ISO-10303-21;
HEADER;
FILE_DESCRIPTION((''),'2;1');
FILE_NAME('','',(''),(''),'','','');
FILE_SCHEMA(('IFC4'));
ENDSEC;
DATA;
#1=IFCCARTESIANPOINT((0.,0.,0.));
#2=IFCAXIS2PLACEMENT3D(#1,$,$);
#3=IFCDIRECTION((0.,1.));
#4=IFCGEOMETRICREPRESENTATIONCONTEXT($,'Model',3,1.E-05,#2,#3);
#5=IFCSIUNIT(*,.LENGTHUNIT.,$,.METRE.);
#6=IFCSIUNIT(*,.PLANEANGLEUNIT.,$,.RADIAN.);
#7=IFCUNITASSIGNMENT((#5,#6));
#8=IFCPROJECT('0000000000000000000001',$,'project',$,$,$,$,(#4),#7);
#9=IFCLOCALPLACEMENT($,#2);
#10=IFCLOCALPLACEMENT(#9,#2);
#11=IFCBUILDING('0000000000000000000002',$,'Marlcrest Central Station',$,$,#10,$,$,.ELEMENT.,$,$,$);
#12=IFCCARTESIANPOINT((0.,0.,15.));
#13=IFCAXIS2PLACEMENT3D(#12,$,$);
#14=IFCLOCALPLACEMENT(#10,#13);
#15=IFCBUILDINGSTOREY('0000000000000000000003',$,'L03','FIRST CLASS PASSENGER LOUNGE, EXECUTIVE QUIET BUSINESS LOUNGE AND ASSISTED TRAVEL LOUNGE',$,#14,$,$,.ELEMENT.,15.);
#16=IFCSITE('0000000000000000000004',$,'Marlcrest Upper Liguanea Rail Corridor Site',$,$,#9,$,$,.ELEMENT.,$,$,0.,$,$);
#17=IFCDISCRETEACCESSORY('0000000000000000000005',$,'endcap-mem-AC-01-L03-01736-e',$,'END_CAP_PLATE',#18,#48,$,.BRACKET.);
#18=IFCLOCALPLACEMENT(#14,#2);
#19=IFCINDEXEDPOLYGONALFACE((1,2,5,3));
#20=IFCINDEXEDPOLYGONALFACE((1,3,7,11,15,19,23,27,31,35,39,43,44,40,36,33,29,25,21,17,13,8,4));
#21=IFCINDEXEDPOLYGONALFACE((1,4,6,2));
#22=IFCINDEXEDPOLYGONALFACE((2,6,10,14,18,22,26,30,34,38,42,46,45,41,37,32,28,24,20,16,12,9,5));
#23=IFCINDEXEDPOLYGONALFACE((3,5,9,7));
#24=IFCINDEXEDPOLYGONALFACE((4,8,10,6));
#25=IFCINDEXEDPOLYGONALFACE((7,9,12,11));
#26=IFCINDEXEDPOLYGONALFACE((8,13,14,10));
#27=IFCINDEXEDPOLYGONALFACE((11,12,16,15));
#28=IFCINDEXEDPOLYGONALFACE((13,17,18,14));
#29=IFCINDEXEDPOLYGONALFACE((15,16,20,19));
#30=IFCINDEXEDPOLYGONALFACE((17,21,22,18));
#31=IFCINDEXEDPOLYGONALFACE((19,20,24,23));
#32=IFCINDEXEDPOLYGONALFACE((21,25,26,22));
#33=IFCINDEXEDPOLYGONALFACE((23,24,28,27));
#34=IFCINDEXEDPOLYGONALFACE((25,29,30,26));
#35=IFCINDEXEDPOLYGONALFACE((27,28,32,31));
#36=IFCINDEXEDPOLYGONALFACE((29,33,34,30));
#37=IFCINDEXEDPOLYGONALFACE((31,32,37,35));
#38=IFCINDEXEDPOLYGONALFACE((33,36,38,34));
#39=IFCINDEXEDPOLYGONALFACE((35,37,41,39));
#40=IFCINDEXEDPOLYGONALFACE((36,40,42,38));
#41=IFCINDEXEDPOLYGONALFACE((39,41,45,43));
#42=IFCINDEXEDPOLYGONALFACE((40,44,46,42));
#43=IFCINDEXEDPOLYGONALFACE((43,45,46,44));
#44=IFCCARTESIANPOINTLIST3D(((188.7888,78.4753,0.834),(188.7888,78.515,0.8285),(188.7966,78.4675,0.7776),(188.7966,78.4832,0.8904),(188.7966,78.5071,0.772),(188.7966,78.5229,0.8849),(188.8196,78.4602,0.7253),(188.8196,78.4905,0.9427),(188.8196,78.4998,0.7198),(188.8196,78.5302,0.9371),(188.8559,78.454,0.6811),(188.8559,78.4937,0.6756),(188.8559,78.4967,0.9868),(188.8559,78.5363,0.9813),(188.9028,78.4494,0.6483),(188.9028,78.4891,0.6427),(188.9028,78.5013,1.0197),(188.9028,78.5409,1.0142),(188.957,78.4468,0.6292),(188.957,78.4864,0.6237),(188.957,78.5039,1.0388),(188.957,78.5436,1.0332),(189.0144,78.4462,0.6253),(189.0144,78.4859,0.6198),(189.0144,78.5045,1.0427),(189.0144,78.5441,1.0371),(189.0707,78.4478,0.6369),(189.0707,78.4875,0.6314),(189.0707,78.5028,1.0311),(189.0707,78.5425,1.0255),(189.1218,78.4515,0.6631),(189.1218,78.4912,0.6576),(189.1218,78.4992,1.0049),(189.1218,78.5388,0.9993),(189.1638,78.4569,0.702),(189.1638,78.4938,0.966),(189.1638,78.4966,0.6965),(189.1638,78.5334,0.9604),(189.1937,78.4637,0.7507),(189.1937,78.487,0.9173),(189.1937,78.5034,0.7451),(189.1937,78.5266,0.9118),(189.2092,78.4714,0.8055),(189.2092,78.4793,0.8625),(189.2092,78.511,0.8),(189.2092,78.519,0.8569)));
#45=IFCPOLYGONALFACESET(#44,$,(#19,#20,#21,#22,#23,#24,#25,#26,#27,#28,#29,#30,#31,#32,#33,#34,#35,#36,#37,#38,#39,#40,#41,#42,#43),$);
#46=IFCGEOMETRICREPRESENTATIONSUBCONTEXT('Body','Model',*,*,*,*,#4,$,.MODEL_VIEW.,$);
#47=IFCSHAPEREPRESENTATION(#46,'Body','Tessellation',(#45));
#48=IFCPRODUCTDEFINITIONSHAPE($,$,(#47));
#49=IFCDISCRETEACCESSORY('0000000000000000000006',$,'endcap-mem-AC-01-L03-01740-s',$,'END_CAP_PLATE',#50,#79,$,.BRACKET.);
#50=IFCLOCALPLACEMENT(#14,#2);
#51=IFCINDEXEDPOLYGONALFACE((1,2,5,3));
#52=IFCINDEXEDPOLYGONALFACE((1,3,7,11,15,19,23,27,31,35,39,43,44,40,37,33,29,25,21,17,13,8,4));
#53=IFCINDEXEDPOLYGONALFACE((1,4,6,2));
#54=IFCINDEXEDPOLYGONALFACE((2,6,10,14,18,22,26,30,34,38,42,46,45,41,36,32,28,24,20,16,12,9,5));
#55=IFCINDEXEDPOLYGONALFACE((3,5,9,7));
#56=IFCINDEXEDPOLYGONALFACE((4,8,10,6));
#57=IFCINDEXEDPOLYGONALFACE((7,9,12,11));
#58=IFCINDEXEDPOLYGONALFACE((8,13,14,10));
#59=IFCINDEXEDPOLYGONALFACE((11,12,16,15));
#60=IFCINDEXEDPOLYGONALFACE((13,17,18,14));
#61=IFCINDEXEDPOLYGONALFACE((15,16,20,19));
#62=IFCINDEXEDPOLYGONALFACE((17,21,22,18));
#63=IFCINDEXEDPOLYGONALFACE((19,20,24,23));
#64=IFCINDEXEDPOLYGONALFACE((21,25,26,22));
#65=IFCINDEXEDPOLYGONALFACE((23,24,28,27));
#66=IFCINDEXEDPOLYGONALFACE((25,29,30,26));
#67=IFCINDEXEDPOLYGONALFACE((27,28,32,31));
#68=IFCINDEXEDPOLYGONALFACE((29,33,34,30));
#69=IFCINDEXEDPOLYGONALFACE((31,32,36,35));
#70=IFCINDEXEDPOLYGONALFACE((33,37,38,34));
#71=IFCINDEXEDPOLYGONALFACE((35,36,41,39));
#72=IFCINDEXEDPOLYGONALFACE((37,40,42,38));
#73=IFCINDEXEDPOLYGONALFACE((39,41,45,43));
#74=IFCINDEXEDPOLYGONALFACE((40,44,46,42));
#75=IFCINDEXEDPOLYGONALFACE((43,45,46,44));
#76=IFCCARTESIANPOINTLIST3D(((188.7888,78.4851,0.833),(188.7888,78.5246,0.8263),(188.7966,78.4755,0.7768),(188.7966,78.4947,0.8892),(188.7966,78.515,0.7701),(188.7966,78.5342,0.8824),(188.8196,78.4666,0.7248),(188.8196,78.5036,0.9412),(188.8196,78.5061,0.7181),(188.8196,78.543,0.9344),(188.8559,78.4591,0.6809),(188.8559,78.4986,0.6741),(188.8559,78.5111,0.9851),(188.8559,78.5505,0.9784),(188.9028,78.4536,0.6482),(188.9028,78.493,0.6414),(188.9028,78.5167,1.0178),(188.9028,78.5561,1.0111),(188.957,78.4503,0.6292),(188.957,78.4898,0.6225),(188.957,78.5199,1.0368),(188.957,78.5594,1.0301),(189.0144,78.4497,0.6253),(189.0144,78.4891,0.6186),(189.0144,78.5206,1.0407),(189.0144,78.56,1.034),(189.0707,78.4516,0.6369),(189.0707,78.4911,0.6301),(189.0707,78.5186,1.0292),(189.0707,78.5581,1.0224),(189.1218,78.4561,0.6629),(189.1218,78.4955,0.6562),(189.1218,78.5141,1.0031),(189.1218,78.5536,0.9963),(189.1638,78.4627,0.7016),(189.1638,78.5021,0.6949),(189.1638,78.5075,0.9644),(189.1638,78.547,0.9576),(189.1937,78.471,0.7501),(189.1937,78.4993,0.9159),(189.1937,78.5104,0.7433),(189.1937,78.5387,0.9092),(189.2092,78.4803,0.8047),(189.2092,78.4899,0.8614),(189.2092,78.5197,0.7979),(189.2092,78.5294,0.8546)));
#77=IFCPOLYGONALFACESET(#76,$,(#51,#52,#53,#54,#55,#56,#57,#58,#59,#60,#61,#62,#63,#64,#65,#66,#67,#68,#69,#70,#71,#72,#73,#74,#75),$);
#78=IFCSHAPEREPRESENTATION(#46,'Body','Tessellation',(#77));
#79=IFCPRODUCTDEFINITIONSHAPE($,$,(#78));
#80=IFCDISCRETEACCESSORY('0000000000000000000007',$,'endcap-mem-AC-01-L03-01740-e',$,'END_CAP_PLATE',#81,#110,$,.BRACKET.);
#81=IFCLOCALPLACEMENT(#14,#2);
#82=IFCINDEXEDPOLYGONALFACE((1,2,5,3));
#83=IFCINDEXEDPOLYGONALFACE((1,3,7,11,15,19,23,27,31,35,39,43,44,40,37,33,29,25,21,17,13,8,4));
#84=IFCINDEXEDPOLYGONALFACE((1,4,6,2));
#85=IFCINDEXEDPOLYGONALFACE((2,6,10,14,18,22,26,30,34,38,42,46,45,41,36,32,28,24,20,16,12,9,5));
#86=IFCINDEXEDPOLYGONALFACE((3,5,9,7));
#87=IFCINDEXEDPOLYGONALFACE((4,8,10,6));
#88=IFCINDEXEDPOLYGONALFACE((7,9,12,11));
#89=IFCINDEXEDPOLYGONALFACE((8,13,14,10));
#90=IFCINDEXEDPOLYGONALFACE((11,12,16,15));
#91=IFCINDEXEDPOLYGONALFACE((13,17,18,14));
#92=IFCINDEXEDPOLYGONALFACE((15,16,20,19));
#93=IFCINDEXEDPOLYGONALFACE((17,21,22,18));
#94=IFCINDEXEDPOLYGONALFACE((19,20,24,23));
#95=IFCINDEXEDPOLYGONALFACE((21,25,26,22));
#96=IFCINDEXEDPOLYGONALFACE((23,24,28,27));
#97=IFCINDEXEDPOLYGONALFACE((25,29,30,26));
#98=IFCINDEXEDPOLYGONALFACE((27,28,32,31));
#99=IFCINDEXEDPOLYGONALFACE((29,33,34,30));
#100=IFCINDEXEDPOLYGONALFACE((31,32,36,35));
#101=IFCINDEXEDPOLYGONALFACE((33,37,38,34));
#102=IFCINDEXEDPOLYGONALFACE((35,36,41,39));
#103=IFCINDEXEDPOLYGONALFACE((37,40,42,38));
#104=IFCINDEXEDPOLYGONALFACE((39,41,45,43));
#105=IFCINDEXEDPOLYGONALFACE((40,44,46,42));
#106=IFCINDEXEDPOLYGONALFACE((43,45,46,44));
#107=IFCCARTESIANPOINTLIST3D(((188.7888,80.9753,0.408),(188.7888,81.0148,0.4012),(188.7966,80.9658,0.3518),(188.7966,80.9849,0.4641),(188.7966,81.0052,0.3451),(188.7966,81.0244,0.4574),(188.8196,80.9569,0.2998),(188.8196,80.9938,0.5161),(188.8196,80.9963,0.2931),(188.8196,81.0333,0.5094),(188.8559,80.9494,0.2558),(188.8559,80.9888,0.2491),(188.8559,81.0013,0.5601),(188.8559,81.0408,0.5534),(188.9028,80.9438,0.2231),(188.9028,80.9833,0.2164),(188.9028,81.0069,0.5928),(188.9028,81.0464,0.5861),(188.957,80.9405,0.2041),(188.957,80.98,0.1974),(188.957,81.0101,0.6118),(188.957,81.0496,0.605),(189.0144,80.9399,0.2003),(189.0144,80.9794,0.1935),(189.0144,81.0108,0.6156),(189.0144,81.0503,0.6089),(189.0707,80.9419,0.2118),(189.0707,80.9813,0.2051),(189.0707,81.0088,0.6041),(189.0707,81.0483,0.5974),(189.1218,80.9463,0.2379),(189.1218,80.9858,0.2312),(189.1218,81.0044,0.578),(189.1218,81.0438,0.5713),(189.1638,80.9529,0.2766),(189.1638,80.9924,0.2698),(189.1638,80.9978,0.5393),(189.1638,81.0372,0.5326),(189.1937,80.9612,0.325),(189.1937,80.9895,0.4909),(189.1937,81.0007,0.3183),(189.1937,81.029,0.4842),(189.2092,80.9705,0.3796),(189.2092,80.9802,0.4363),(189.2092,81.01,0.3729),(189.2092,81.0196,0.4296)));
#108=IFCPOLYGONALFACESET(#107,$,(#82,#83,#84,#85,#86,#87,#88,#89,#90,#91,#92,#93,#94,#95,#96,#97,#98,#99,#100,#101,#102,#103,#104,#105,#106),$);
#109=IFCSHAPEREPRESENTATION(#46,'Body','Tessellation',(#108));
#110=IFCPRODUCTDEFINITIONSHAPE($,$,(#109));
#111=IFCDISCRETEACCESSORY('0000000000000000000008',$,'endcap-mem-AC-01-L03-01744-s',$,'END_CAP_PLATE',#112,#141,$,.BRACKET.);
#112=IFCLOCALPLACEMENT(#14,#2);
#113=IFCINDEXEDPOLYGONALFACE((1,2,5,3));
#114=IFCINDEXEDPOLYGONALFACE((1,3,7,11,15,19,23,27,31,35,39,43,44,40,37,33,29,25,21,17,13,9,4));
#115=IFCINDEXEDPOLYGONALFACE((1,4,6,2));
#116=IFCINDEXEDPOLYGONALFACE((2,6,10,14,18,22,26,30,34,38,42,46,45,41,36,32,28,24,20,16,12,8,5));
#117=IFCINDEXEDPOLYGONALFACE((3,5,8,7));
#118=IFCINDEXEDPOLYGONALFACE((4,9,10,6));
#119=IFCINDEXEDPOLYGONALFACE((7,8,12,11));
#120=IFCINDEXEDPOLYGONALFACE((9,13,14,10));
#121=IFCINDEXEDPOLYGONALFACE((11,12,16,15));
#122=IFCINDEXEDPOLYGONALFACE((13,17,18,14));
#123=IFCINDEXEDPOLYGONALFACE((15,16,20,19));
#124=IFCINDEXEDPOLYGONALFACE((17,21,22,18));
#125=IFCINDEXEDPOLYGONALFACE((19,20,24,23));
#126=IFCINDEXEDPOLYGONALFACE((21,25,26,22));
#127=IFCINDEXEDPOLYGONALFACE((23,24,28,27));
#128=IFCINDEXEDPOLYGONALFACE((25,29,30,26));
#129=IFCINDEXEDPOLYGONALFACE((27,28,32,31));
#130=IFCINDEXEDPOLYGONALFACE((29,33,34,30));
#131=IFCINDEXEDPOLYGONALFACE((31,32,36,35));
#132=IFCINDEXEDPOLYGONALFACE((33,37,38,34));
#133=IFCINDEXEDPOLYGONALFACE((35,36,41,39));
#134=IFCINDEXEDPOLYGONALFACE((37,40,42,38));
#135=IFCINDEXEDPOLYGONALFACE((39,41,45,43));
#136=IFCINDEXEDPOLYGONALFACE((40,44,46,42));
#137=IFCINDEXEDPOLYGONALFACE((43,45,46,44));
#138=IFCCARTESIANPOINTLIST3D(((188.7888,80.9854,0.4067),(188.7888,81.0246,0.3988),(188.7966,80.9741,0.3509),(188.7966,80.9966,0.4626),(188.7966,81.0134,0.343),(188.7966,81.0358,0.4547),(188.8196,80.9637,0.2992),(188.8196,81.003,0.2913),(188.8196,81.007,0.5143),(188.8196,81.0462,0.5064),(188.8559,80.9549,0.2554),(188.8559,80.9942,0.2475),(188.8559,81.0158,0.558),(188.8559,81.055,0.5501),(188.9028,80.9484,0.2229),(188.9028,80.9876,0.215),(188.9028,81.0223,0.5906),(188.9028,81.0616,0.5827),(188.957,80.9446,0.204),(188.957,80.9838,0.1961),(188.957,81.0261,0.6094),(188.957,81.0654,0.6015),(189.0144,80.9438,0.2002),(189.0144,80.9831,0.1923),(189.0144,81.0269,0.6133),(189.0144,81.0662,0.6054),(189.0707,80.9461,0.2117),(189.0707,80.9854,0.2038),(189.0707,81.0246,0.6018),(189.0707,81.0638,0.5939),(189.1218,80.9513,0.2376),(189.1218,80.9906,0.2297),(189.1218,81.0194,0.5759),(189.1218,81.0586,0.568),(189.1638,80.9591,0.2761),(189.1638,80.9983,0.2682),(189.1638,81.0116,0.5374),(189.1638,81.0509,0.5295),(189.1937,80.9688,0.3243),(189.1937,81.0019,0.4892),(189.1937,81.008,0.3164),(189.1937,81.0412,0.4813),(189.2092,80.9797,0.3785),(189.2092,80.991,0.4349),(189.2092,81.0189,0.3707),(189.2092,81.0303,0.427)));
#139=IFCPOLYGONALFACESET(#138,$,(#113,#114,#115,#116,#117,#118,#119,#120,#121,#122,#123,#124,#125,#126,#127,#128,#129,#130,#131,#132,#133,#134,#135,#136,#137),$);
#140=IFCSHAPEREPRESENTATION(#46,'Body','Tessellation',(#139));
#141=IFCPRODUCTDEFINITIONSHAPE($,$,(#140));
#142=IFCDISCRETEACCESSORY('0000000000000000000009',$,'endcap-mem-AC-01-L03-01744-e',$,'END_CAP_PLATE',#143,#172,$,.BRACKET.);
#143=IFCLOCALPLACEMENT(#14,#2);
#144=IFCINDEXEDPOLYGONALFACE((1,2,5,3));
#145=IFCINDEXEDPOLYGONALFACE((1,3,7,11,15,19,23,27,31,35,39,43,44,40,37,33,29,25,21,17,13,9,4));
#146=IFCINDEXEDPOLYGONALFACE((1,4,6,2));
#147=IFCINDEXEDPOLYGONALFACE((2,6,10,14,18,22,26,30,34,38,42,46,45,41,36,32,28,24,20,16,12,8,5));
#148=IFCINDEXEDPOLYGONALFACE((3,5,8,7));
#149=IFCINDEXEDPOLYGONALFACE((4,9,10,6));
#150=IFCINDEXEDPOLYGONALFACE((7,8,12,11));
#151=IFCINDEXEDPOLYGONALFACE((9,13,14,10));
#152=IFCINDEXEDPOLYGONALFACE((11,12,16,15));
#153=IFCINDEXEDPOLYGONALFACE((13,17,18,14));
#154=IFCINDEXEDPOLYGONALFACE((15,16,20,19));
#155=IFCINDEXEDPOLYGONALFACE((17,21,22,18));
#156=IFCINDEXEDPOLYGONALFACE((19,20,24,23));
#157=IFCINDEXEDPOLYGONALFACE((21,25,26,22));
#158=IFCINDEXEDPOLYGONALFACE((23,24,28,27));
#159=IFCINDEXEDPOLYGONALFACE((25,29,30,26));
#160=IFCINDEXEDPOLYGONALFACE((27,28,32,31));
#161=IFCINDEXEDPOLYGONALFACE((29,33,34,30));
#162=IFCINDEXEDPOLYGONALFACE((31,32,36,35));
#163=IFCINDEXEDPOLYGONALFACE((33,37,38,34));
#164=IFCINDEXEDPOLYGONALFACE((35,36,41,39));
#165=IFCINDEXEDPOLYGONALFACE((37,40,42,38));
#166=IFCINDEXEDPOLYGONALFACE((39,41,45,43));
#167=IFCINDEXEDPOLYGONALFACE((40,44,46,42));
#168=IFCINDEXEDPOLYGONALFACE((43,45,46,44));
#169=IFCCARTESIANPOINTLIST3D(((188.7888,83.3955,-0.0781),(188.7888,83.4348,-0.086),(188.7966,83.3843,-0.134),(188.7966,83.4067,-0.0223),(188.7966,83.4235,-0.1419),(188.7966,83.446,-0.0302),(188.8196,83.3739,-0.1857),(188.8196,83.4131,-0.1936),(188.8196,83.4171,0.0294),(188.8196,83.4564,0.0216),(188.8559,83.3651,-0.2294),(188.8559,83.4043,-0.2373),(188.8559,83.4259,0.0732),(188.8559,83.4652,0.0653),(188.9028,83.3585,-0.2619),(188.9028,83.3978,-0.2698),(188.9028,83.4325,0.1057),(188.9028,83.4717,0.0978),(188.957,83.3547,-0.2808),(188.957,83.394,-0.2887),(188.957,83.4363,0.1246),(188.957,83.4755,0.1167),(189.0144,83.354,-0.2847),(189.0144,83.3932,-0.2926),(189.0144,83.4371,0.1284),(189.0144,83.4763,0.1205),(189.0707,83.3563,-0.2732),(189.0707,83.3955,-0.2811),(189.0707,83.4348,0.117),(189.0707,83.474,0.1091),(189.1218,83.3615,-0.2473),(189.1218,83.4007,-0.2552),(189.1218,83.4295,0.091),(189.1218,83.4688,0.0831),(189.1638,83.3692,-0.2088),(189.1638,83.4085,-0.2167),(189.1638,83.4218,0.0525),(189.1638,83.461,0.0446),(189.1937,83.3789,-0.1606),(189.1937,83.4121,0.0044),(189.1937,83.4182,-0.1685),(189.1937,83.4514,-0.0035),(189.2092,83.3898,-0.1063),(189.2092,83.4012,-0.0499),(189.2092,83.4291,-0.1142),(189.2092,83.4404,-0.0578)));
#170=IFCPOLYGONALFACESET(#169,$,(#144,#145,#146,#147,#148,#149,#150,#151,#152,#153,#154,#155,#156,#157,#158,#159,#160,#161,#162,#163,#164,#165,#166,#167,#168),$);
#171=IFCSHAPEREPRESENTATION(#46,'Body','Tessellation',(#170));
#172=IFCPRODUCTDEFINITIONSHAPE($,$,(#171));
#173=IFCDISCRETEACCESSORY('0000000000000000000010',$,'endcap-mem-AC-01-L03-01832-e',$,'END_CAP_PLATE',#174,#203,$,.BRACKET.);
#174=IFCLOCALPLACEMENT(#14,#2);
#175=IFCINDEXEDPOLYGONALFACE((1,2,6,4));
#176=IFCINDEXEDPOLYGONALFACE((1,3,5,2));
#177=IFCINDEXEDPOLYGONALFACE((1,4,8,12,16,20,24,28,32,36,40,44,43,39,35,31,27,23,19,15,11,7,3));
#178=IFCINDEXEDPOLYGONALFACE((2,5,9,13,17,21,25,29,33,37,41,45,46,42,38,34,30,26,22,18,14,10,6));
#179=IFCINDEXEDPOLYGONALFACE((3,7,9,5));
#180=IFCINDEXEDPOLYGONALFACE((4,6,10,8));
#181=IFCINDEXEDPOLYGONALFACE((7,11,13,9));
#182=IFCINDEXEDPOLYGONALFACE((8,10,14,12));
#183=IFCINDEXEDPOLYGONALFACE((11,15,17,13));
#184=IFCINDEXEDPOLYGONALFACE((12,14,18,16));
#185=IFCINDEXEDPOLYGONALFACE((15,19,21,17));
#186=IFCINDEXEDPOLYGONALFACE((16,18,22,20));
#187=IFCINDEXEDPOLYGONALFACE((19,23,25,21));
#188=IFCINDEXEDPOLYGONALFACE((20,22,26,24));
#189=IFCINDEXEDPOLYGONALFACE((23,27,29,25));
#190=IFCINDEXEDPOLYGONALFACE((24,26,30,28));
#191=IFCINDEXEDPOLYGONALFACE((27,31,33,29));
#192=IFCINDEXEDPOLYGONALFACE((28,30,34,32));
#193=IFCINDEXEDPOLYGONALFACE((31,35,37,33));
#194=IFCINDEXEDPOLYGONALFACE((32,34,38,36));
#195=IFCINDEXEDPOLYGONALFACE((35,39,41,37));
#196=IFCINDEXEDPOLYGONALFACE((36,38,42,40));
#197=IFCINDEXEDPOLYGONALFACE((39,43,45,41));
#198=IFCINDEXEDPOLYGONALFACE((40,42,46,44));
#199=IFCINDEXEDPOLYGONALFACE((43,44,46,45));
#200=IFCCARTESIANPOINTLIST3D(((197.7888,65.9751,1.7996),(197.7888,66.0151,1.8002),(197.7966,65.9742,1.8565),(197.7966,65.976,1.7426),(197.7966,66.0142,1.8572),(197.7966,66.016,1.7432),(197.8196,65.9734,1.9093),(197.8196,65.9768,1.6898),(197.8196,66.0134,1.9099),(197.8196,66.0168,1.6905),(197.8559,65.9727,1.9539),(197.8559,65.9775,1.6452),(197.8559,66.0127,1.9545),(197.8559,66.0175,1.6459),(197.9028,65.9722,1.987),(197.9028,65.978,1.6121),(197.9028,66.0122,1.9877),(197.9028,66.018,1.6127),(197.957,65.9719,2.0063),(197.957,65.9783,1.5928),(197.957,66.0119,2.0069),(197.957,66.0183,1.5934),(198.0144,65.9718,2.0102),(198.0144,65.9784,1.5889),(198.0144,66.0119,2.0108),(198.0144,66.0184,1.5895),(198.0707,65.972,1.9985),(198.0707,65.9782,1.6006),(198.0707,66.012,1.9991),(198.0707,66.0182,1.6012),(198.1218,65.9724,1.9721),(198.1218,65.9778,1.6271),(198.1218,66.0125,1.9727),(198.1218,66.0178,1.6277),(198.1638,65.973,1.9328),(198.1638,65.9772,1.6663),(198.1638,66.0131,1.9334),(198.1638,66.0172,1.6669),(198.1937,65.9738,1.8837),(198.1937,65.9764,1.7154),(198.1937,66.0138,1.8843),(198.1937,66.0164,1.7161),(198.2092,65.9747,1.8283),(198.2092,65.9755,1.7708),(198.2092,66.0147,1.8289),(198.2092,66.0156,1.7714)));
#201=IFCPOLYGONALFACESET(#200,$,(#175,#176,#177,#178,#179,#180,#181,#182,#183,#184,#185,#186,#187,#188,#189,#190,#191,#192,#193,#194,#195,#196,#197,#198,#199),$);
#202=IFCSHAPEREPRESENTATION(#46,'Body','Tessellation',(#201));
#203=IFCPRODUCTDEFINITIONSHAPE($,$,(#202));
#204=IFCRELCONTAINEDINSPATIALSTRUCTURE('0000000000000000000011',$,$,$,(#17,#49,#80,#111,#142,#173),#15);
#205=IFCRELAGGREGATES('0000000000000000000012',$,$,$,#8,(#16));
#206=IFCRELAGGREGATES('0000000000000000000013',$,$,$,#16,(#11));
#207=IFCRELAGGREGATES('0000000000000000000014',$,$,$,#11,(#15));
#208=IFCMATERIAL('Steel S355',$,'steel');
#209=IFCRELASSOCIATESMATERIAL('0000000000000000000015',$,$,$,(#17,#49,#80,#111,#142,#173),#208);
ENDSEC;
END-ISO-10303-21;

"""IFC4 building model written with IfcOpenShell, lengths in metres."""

from ifc_helpers import new_model, si_unit, direction, frame, origin, origin_2d, place, context, subcontext, project, spatial, circle, extrude, material, element, save


model = new_model("IFC4")

# Units and contexts
model_context = context("Model", 3, precision=1e-05, world=origin(), true_north=direction((0.0, 1.0)))
body_context = subcontext(model_context, "Body", "Model", "MODEL_VIEW")
ifc_project = project(units=[si_unit("LENGTHUNIT", "METRE"), si_unit("PLANEANGLEUNIT", "RADIAN")], contexts=[model_context])

# Site, building, storey
site_placement = place(None, origin())
site = spatial("IfcSite", under=ifc_project, at=site_placement, Name="Marlcrest Upper Liguanea Rail Corridor Site", CompositionType="ELEMENT", RefElevation=0.0)
building_placement = place(site_placement, origin())
building = spatial("IfcBuilding", under=site, at=building_placement, Name="Marlcrest Central Station", CompositionType="ELEMENT")
storey_placement = place(building_placement, frame((0.0, 0.0, 15.0)))
storey = spatial("IfcBuildingStorey", under=building, at=storey_placement, Name="L03", Description="FIRST CLASS PASSENGER LOUNGE, EXECUTIVE QUIET BUSINESS LOUNGE AND ASSISTED TRAVEL LOUNGE", CompositionType="ELEMENT", Elevation=15.0)

# Shared definitions
ifc_material_1 = material(Name="Steel S355", Category="steel")

# Discrete accessories
for number, where, z_axis, x_axis, name in (
    (1, (189.0, 78.4753, 0.834), (0.0, 0.990403, -0.138211), (-1.0, 0.0, 0.0), "endcap-mem-AC-01-L03-01736-e"),
    (2, (189.0, 78.4851, 0.833), (0.0, 0.985741, -0.168269), (-1.0, 0.0, 0.0), "endcap-mem-AC-01-L03-01740-s"),
    (3, (189.0, 80.9753, 0.408), (0.0, 0.985741, -0.168269), (-1.0, 0.0, 0.0), "endcap-mem-AC-01-L03-01740-e"),
    (4, (189.0, 80.9854, 0.4067), (0.0, 0.980359, -0.197219), (-1.0, 0.0, 0.0), "endcap-mem-AC-01-L03-01744-s"),
    (5, (189.0, 83.3955, -0.0781), (0.0, 0.980359, -0.197219), (-1.0, 0.0, 0.0), "endcap-mem-AC-01-L03-01744-e"),
    (6, (198.0, 65.9751, 1.7996), (0.0, 0.999879, 0.015525), (-1.0, 0.0, 0.0), "endcap-mem-AC-01-L03-01832-e"),
):
    element("IfcDiscreteAccessory", number, at=place(storey_placement, frame(where, z_axis=z_axis, x_axis=x_axis)), inside=storey, material=ifc_material_1, Name=name, ObjectType="END_CAP_PLATE", PredefinedType="BRACKET", context=body_context, shape_type="SweptSolid", body=[
        extrude(circle(Radius=0.2112, at=origin_2d()), origin(), (0.0, 0.0, 1.0), 0.04),
    ])

save(model, "model.ifc")
